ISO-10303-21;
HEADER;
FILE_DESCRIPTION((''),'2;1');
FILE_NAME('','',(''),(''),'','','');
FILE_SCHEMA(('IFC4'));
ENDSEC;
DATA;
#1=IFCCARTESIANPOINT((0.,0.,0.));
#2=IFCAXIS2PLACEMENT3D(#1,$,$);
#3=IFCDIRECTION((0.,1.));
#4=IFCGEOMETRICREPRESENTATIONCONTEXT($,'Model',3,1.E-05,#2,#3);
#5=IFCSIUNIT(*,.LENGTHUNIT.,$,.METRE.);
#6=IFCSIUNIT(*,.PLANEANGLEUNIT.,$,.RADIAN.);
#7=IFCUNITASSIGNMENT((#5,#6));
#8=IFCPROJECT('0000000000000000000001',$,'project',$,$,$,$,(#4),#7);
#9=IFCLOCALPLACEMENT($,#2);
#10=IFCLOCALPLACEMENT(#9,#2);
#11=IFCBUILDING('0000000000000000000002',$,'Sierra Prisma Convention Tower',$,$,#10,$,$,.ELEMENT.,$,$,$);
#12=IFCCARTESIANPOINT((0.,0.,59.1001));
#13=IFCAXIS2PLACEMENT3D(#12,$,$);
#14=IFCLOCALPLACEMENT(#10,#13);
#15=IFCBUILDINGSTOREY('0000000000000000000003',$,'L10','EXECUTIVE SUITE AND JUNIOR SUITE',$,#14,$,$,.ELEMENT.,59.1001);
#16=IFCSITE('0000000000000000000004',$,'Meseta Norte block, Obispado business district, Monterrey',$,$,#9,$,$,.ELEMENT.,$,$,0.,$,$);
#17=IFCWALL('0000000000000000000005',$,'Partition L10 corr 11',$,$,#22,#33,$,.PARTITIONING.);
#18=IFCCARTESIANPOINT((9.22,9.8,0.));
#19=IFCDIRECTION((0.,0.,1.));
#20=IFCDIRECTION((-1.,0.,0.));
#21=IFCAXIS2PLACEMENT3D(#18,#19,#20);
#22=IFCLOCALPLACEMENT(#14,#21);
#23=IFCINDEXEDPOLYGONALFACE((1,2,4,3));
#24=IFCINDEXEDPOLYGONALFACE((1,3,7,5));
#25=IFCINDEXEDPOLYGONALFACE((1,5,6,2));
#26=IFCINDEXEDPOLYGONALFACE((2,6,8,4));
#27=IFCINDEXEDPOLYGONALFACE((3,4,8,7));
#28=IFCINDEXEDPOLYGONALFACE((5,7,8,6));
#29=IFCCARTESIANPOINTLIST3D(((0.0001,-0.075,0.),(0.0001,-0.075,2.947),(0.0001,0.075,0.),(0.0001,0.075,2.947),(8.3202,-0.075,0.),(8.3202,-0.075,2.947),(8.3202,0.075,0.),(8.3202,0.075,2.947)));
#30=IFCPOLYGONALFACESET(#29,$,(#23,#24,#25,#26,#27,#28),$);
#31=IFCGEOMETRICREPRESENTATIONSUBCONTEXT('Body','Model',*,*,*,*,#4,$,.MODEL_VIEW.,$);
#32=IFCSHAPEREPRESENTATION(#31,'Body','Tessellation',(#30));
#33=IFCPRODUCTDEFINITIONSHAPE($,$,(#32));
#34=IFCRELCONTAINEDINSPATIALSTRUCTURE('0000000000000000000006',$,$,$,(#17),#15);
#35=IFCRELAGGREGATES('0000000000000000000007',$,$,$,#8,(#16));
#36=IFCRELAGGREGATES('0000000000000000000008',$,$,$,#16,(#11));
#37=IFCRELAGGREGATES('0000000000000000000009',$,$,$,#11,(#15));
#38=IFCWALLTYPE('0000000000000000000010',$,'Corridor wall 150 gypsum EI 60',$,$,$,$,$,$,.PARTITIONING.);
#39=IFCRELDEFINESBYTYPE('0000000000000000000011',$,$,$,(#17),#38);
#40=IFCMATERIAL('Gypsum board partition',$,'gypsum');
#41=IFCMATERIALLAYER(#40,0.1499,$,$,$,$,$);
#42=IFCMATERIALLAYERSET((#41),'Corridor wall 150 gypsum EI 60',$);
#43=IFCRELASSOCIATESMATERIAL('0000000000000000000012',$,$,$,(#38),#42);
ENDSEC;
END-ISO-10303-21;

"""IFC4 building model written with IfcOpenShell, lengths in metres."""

from ifc_helpers import new_model, si_unit, direction, frame, frame_2d, origin, place, context, subcontext, project, spatial, rectangle, extrude, material, layer, layer_set, type_object, element, save


model = new_model("IFC4")

# Units and contexts
model_context = context("Model", 3, precision=1e-05, world=origin(), true_north=direction((0.0, 1.0)))
body_context = subcontext(model_context, "Body", "Model", "MODEL_VIEW")
ifc_project = project(units=[si_unit("LENGTHUNIT", "METRE"), si_unit("PLANEANGLEUNIT", "RADIAN")], contexts=[model_context])

# Site, building, storey
site_placement = place(None, origin())
site = spatial("IfcSite", under=ifc_project, at=site_placement, Name="Meseta Norte block, Obispado business district, Monterrey", CompositionType="ELEMENT", RefElevation=0.0)
building_placement = place(site_placement, origin())
building = spatial("IfcBuilding", under=site, at=building_placement, Name="Sierra Prisma Convention Tower", CompositionType="ELEMENT")
storey_placement = place(building_placement, frame((0.0, 0.0, 59.1001)))
storey = spatial("IfcBuildingStorey", under=building, at=storey_placement, Name="L10", Description="EXECUTIVE SUITE AND JUNIOR SUITE", CompositionType="ELEMENT", Elevation=59.1001)

# Wall
ifc_material_1 = material(Name="Gypsum board partition", Category="gypsum")
ifc_layer_1 = layer(ifc_material_1, 0.1499)
ifc_layer_set_1 = layer_set([ifc_layer_1], Name="Corridor wall 150 gypsum EI 60")
wall_type_1 = type_object("IfcWallType", Name="Corridor wall 150 gypsum EI 60", PredefinedType="PARTITIONING", material=ifc_layer_set_1)
wall_1_placement = place(storey_placement, frame((9.22, 9.8, 0.0), z_axis=(0.0, 0.0, 1.0), x_axis=(-1.0, 0.0, 0.0)))
element("IfcWall", 1, at=wall_1_placement, inside=storey, type_object=wall_type_1, Name="Partition L10 corr 11", PredefinedType="PARTITIONING", context=body_context, shape_type="SweptSolid", body=[
    extrude(rectangle(XDim=8.3201, YDim=0.1499, at=frame_2d((4.1602, 0.0))), origin(), (0.0, 0.0, 1.0), 2.947),
])

save(model, "model.ifc")
